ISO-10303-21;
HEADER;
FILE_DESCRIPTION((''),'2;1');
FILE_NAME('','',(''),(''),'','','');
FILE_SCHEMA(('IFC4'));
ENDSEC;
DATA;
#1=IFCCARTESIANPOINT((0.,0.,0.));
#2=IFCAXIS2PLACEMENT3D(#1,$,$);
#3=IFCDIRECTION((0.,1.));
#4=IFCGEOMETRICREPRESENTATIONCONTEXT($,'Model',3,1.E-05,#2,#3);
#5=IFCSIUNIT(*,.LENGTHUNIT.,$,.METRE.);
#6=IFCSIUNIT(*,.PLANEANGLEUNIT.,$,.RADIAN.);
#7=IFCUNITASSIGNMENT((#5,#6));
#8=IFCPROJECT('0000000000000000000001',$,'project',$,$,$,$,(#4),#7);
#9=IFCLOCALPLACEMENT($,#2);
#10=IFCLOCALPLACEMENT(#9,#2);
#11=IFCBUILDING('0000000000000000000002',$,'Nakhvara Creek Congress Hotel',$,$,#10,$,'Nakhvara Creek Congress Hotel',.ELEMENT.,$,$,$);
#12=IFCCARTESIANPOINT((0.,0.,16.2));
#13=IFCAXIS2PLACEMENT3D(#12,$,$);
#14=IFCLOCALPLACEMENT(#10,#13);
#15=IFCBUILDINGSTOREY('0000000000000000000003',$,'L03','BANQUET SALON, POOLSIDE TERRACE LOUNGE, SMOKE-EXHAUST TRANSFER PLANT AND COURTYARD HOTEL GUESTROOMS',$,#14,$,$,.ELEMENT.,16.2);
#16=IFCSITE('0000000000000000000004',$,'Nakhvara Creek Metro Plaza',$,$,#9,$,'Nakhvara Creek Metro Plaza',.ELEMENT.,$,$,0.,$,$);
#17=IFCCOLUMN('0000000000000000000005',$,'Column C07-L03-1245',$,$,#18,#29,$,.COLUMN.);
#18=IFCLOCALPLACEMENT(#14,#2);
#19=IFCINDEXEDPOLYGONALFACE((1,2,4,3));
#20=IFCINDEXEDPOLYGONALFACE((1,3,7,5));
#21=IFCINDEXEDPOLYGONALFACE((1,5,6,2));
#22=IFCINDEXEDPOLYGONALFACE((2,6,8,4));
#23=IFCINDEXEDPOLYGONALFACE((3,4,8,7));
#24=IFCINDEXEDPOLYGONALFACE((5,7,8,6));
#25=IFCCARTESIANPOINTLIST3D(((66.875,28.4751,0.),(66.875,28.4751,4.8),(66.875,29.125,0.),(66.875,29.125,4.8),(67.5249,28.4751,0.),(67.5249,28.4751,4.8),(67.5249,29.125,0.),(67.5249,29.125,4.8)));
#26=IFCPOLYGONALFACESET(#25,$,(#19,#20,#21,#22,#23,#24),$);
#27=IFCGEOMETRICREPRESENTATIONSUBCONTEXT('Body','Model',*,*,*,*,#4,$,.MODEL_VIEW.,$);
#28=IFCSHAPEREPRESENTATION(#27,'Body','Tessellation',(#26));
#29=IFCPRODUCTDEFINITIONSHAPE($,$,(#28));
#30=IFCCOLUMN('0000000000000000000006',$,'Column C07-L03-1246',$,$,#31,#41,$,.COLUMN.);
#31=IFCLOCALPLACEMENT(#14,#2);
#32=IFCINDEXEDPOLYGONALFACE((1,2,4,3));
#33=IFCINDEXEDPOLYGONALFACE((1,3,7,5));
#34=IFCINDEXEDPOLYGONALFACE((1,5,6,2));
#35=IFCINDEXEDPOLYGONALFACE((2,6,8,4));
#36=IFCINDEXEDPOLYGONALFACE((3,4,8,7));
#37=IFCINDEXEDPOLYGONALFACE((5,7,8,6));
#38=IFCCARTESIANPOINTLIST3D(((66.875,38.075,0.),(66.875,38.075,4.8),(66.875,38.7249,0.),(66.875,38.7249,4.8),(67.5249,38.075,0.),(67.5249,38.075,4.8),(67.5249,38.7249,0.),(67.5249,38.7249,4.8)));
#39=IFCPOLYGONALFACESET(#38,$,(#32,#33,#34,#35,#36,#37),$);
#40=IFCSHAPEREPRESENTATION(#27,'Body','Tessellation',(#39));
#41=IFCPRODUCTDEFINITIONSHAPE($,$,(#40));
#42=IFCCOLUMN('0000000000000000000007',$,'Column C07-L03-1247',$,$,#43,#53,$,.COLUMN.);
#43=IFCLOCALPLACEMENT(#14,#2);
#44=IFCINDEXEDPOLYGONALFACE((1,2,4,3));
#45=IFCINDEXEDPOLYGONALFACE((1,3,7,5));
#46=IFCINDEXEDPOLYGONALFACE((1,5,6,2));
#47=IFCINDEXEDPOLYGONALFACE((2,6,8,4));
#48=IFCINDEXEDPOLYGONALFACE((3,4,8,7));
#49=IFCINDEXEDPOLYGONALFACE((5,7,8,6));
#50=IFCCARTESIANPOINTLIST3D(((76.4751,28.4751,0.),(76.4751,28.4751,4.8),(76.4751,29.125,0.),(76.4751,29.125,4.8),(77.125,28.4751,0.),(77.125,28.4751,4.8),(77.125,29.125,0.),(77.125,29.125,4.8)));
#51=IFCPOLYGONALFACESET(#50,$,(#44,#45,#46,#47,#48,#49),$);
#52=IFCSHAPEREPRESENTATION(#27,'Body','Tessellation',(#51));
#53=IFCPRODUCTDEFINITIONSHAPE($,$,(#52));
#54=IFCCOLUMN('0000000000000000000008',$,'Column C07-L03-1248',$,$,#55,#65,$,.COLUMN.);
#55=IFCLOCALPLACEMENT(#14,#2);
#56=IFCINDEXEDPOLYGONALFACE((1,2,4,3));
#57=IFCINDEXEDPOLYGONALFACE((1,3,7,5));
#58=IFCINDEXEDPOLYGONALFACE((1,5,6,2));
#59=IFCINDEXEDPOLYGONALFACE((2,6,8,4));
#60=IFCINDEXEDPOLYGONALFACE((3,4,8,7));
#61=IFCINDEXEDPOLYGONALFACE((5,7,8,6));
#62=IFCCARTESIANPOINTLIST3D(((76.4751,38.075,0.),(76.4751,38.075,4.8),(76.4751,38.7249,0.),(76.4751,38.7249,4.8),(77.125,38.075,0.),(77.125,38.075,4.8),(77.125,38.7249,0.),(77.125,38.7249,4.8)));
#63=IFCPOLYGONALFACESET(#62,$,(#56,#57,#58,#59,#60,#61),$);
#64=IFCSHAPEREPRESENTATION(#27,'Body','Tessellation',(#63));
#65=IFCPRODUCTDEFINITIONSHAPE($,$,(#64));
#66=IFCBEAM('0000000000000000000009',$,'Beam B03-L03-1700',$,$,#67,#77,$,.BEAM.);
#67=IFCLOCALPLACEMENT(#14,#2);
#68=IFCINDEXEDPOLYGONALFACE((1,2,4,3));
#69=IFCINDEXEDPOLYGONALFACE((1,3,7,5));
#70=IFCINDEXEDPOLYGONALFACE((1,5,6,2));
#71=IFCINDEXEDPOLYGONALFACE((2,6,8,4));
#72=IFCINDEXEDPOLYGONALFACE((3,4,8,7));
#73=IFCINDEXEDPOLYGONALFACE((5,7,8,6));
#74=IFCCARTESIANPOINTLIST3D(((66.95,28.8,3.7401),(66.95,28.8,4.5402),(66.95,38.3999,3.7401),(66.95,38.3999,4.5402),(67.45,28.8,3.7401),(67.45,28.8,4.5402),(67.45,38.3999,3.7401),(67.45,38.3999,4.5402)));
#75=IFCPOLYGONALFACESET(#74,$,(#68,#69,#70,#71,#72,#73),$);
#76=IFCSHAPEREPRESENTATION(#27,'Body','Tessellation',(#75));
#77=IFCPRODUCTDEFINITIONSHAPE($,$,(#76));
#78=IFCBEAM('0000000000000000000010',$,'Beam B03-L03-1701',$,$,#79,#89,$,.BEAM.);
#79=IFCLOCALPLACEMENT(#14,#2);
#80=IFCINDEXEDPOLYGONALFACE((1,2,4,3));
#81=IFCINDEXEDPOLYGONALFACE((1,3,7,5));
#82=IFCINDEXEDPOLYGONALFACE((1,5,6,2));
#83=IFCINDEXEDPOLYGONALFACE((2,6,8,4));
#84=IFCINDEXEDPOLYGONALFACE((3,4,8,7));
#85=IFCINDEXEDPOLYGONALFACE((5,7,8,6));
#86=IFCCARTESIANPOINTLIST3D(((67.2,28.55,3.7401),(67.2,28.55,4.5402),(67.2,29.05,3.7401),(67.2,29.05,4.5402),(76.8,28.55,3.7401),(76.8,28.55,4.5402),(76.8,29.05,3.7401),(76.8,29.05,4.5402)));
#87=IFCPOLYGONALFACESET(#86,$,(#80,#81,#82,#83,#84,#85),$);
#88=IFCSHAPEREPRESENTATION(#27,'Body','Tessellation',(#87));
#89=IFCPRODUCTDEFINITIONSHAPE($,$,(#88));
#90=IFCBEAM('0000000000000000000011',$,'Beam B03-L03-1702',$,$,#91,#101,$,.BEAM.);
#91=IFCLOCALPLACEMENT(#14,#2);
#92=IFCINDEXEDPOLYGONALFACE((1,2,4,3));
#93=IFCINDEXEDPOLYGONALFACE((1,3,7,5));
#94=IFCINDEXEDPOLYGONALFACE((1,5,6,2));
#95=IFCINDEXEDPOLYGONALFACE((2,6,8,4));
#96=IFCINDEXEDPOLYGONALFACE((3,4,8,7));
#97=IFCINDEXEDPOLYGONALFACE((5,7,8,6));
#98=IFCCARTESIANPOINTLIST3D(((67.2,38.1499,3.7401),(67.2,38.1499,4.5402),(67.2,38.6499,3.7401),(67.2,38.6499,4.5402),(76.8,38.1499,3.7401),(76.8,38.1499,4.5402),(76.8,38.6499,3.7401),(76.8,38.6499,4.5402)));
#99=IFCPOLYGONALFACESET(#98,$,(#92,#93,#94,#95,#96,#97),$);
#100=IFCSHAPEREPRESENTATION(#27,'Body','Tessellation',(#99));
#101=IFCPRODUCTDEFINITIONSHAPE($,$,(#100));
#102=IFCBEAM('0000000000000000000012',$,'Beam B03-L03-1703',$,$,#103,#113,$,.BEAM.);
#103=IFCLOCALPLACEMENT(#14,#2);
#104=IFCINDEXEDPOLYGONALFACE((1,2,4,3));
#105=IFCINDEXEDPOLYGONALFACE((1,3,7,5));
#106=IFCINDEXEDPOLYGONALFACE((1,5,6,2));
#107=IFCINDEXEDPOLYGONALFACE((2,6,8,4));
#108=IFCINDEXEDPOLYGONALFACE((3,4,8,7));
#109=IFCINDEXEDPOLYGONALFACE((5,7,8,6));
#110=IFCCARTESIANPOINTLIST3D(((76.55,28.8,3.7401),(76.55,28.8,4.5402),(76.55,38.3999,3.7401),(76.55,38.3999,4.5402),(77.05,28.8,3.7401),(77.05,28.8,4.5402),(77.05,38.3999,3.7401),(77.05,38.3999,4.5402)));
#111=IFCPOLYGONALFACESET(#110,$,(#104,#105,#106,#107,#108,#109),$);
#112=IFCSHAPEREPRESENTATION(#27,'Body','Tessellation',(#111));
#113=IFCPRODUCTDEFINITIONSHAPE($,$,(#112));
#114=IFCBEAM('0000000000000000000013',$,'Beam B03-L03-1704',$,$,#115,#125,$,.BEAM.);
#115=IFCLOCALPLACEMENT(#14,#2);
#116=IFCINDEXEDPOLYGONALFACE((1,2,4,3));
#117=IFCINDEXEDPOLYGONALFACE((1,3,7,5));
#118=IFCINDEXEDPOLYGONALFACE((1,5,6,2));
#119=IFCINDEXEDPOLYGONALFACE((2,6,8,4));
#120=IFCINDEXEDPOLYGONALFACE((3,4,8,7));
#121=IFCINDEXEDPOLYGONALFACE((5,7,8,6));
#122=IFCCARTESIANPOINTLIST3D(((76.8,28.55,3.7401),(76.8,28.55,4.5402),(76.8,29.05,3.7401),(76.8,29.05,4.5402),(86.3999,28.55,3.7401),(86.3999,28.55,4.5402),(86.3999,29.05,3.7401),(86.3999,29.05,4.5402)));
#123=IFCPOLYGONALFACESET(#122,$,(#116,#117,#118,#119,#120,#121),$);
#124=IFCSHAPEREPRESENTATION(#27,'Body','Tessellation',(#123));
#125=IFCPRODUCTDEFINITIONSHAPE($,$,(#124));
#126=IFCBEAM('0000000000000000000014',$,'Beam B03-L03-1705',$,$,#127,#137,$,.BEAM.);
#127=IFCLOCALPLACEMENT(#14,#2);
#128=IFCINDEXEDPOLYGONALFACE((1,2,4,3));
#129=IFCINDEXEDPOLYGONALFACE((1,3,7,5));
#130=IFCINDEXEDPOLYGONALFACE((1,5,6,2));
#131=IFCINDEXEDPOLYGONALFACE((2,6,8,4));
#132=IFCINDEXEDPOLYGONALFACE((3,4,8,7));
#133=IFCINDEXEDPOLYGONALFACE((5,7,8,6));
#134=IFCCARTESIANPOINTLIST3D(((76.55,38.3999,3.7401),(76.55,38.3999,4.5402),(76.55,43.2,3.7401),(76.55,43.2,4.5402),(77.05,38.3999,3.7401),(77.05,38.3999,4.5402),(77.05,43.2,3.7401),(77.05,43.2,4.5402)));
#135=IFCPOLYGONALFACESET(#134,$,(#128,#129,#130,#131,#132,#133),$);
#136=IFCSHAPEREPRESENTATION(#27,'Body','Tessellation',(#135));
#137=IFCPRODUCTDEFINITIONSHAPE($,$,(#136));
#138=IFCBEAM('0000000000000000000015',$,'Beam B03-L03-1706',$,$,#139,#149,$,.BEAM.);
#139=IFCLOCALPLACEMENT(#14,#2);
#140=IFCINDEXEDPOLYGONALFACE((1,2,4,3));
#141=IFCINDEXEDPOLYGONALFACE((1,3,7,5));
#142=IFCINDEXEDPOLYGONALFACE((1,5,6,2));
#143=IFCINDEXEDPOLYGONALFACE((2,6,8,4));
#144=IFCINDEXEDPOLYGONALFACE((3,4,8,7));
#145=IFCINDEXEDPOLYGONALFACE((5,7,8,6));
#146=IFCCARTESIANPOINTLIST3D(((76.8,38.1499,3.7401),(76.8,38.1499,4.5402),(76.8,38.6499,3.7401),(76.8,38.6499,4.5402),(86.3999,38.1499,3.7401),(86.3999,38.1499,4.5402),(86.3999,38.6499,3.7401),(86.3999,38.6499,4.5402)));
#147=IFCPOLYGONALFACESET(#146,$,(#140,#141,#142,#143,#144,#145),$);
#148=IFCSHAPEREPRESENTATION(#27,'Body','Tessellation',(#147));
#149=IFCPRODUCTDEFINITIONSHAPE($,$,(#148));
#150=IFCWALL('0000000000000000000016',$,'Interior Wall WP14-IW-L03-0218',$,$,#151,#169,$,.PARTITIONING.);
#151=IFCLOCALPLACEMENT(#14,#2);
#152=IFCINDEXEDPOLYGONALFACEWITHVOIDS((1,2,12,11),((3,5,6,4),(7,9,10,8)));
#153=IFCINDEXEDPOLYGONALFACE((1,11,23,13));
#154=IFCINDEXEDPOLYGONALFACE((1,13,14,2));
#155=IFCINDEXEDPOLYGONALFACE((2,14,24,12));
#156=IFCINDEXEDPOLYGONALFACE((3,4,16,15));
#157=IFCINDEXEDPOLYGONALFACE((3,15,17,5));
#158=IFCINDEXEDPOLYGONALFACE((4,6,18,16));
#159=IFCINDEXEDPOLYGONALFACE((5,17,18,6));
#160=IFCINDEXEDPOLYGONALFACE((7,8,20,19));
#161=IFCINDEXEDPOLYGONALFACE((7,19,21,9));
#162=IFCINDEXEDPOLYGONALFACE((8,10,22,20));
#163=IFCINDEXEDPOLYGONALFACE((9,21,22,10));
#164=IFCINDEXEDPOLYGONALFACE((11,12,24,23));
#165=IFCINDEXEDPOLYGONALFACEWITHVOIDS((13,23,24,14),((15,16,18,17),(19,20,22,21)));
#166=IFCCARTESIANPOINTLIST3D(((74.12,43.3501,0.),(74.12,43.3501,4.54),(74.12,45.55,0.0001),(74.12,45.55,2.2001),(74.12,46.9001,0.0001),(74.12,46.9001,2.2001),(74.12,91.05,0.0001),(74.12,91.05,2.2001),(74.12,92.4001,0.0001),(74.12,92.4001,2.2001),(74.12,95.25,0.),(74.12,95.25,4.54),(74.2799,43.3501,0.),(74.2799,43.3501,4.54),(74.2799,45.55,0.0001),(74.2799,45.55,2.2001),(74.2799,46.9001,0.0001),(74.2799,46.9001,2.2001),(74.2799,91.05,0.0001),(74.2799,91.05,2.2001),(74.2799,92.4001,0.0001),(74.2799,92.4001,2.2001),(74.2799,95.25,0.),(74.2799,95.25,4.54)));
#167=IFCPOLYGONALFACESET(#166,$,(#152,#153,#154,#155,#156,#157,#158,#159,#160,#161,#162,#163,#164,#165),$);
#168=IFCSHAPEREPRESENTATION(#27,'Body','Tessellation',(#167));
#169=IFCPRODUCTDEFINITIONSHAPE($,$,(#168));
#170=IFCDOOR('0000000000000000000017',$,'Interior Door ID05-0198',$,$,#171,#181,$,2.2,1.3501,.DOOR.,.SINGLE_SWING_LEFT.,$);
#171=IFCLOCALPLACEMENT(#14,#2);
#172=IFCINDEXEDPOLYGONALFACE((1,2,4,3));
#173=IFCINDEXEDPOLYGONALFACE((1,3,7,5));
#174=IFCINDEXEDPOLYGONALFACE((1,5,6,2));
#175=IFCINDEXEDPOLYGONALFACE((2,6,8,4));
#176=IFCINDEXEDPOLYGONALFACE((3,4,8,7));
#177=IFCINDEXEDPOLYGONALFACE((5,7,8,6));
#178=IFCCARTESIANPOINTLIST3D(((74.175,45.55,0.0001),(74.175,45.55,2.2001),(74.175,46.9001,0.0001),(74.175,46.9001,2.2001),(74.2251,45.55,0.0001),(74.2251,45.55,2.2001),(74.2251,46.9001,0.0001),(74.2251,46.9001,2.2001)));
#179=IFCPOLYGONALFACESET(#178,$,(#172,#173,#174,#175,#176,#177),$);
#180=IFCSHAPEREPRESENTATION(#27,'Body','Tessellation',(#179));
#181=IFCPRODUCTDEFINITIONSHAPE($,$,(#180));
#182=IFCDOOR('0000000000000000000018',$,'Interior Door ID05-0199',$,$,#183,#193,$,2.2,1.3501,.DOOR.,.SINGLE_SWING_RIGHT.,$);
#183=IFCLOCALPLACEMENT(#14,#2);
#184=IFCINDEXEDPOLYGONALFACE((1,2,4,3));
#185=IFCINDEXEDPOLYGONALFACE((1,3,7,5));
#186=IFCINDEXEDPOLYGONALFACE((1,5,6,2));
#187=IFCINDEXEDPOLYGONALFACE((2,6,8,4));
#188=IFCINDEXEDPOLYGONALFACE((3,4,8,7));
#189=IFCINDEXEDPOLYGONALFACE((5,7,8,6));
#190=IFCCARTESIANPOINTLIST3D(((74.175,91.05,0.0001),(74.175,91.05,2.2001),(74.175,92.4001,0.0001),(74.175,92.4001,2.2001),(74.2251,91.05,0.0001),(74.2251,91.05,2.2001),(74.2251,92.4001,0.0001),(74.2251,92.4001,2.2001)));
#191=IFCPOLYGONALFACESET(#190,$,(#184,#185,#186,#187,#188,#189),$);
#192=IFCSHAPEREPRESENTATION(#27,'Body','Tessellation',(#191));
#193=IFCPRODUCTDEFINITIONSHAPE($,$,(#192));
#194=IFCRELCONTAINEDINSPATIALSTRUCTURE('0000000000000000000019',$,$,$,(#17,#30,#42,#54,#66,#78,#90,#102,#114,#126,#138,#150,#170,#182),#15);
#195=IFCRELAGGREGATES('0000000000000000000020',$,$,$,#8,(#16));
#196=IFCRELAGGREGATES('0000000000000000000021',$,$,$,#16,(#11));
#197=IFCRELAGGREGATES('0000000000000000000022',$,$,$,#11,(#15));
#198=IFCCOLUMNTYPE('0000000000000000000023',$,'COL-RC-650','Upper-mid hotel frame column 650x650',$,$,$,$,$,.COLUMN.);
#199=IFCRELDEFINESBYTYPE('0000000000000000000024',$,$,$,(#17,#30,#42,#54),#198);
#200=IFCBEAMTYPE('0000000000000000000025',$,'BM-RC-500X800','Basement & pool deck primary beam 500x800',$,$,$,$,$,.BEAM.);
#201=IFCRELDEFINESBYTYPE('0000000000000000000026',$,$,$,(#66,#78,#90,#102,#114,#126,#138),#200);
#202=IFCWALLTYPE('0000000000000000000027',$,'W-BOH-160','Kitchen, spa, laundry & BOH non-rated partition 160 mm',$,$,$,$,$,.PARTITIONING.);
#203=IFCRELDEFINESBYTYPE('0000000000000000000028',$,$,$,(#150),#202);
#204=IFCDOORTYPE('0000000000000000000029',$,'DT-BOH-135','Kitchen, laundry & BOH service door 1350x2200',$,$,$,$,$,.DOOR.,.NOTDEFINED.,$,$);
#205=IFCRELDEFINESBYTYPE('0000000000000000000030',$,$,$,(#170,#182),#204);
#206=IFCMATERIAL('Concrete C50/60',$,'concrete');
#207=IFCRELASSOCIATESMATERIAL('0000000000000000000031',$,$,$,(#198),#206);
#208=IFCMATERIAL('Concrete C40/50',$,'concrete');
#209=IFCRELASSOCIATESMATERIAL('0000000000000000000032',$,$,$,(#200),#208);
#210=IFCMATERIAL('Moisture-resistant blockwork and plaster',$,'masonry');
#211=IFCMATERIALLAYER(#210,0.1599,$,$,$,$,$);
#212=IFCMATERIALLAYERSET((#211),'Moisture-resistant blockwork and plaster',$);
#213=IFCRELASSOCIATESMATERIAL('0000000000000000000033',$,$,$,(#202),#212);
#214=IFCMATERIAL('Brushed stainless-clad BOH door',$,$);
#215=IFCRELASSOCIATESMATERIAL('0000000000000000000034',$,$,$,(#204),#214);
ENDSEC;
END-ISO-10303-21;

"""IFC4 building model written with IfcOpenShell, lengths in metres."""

from ifc_helpers import new_model, si_unit, direction, frame, frame_2d, origin, origin_2d, place, context, subcontext, project, spatial, rectangle, extrude, material, layer, layer_set, material_profile, profile_set, type_object, element, fill, save


model = new_model("IFC4")

# Units and contexts
model_context = context("Model", 3, precision=1e-05, world=origin(), true_north=direction((0.0, 1.0)))
body_context = subcontext(model_context, "Body", "Model", "MODEL_VIEW")
ifc_project = project(units=[si_unit("LENGTHUNIT", "METRE"), si_unit("PLANEANGLEUNIT", "RADIAN")], contexts=[model_context])

# Site, building, storey
site_placement = place(None, origin())
site = spatial("IfcSite", under=ifc_project, at=site_placement, Name="Nakhvara Creek Metro Plaza", LongName="Nakhvara Creek Metro Plaza", CompositionType="ELEMENT", RefElevation=0.0)
building_placement = place(site_placement, origin())
building = spatial("IfcBuilding", under=site, at=building_placement, Name="Nakhvara Creek Congress Hotel", LongName="Nakhvara Creek Congress Hotel", CompositionType="ELEMENT")
storey_placement = place(building_placement, frame((0.0, 0.0, 16.2)))
storey = spatial("IfcBuildingStorey", under=building, at=storey_placement, Name="L03", Description="BANQUET SALON, POOLSIDE TERRACE LOUNGE, SMOKE-EXHAUST TRANSFER PLANT AND COURTYARD HOTEL GUESTROOMS", CompositionType="ELEMENT", Elevation=16.2)

# Columns
ifc_material_1 = material(Name="Concrete C50/60", Category="concrete")
ifc_material_profile_1 = material_profile(ifc_material_1, rectangle(XDim=0.6499, YDim=0.6499, at=origin_2d()), Name="RC-COL 650x650", Category="LoadBearing")
ifc_profile_set_1 = profile_set([ifc_material_profile_1], Name="Concrete C50/60")
column_type = type_object("IfcColumnType", Name="COL-RC-650", Description="Upper-mid hotel frame column 650x650", PredefinedType="COLUMN", material=ifc_profile_set_1)
for number, where, z_axis, x_axis, name in (
    (1, (67.2, 28.8, 0.0), (0.0, 0.0, 1.0), (1.0, 0.0, 0.0), "Column C07-L03-1245"),
    (2, (67.2, 38.3999, 0.0), (0.0, 0.0, 1.0), (1.0, 0.0, 0.0), "Column C07-L03-1246"),
    (3, (76.8, 28.8, 0.0), (0.0, 0.0, 1.0), (1.0, 0.0, 0.0), "Column C07-L03-1247"),
    (4, (76.8, 38.3999, 0.0), (0.0, 0.0, 1.0), (1.0, 0.0, 0.0), "Column C07-L03-1248"),
):
    element("IfcColumn", number, at=place(storey_placement, frame(where, z_axis=z_axis, x_axis=x_axis)), inside=storey, type_object=column_type, Name=name, PredefinedType="COLUMN", context=body_context, shape_type="SweptSolid", body=[
        extrude(rectangle(XDim=0.6499, YDim=0.6499, at=origin_2d()), origin(), (0.0, 0.0, 1.0), 4.8),
    ])

# Beams
ifc_material_2 = material(Name="Concrete C40/50", Category="concrete")
ifc_material_profile_2 = material_profile(ifc_material_2, rectangle(XDim=0.5, YDim=0.8, at=origin_2d()), Name="RC-BM 500x800", Category="LoadBearing")
ifc_profile_set_2 = profile_set([ifc_material_profile_2], Name="Concrete C40/50")
beam_type = type_object("IfcBeamType", Name="BM-RC-500X800", Description="Basement & pool deck primary beam 500x800", PredefinedType="BEAM", material=ifc_profile_set_2)
beam_1_placement = place(storey_placement, frame((67.2, 28.8, 4.1401), z_axis=(0.0, 1.0, 0.0), x_axis=(-1.0, 0.0, 0.0)))
element("IfcBeam", 5, at=beam_1_placement, inside=storey, type_object=beam_type, Name="Beam B03-L03-1700", PredefinedType="BEAM", context=body_context, shape_type="SweptSolid", body=[
    extrude(rectangle(XDim=0.5, YDim=0.8, at=origin_2d()), origin(), (0.0, 0.0, 1.0), 9.5999),
])
for number, where, z_axis, x_axis, name in (
    (6, (67.2, 28.8, 4.1401), (1.0, 0.0, 0.0), (0.0, 1.0, 0.0), "Beam B03-L03-1701"),
    (7, (67.2, 38.3999, 4.1401), (1.0, 0.0, 0.0), (0.0, 1.0, 0.0), "Beam B03-L03-1702"),
):
    element("IfcBeam", number, at=place(storey_placement, frame(where, z_axis=z_axis, x_axis=x_axis)), inside=storey, type_object=beam_type, Name=name, PredefinedType="BEAM", context=body_context, shape_type="SweptSolid", body=[
        extrude(rectangle(XDim=0.5, YDim=0.8, at=origin_2d()), origin(), (0.0, 0.0, 1.0), 9.6001),
    ])
for number, where, z_axis, x_axis, name in (
    (8, (76.8, 28.8, 4.1401), (0.0, 1.0, 0.0), (-1.0, 0.0, 0.0), "Beam B03-L03-1703"),
    (9, (76.8, 28.8, 4.1401), (1.0, 0.0, 0.0), (0.0, 1.0, 0.0), "Beam B03-L03-1704"),
):
    element("IfcBeam", number, at=place(storey_placement, frame(where, z_axis=z_axis, x_axis=x_axis)), inside=storey, type_object=beam_type, Name=name, PredefinedType="BEAM", context=body_context, shape_type="SweptSolid", body=[
        extrude(rectangle(XDim=0.5, YDim=0.8, at=origin_2d()), origin(), (0.0, 0.0, 1.0), 9.5999),
    ])
beam_2_placement = place(storey_placement, frame((76.8, 38.3999, 4.1401), z_axis=(0.0, 1.0, 0.0), x_axis=(-1.0, 0.0, 0.0)))
element("IfcBeam", 10, at=beam_2_placement, inside=storey, type_object=beam_type, Name="Beam B03-L03-1705", PredefinedType="BEAM", context=body_context, shape_type="SweptSolid", body=[
    extrude(rectangle(XDim=0.5, YDim=0.8, at=origin_2d()), origin(), (0.0, 0.0, 1.0), 4.8),
])
beam_3_placement = place(storey_placement, frame((76.8, 38.3999, 4.1401), z_axis=(1.0, 0.0, 0.0), x_axis=(0.0, 1.0, 0.0)))
element("IfcBeam", 11, at=beam_3_placement, inside=storey, type_object=beam_type, Name="Beam B03-L03-1706", PredefinedType="BEAM", context=body_context, shape_type="SweptSolid", body=[
    extrude(rectangle(XDim=0.5, YDim=0.8, at=origin_2d()), origin(), (0.0, 0.0, 1.0), 9.5999),
])

# Wall, openings, doors
ifc_material_3 = material(Name="Moisture-resistant blockwork and plaster", Category="masonry")
ifc_layer_1 = layer(ifc_material_3, 0.1599)
ifc_layer_set_1 = layer_set([ifc_layer_1], Name="Moisture-resistant blockwork and plaster")
wall_type_1 = type_object("IfcWallType", Name="W-BOH-160", Description="Kitchen, spa, laundry & BOH non-rated partition 160 mm", PredefinedType="PARTITIONING", material=ifc_layer_set_1)
wall_1_placement = place(storey_placement, frame((74.2, 43.3501, 0.0), z_axis=(0.0, 0.0, 1.0), x_axis=(0.0, 1.0, 0.0)))
wall_1 = element("IfcWall", 12, at=wall_1_placement, inside=storey, type_object=wall_type_1, Name="Interior Wall WP14-IW-L03-0218", PredefinedType="PARTITIONING", context=body_context, shape_type="SweptSolid", body=[
    extrude(rectangle(XDim=51.8999, YDim=0.1599, at=frame_2d((25.95, 0.0))), origin(), (0.0, 0.0, 1.0), 4.54),
])
opening_1_placement = place(wall_1_placement, frame((2.2, 0.0, 0.0)))
opening_1 = element("IfcOpeningElement", 13, at=opening_1_placement, cuts=wall_1, PredefinedType="OPENING", context=body_context, shape_type="SweptSolid", body=[
    extrude(rectangle(XDim=1.3501, YDim=2.2, at=frame_2d((0.675, 1.1001))), frame((0.0, 0.0918, 0.0), z_axis=(0.0, -1.0, 0.0), x_axis=(1.0, 0.0, 0.0)), (0.0, 0.0, 1.0), 0.1838),
])
opening_2_placement = place(wall_1_placement, frame((47.7, 0.0, 0.0)))
opening_2 = element("IfcOpeningElement", 14, at=opening_2_placement, cuts=wall_1, PredefinedType="OPENING", context=body_context, shape_type="SweptSolid", body=[
    extrude(rectangle(XDim=1.3501, YDim=2.2, at=frame_2d((0.675, 1.1001))), frame((0.0, 0.0918, 0.0), z_axis=(0.0, -1.0, 0.0), x_axis=(1.0, 0.0, 0.0)), (0.0, 0.0, 1.0), 0.1838),
])
ifc_material_4 = material(Name="Brushed stainless-clad BOH door")
door_type_1 = type_object("IfcDoorType", Name="DT-BOH-135", Description="Kitchen, laundry & BOH service door 1350x2200", OperationType="NOTDEFINED", PredefinedType="DOOR", material=ifc_material_4)
door_1_placement = place(opening_1_placement, origin())
door_1 = element("IfcDoor", 15, at=door_1_placement, inside=storey, type_object=door_type_1, Name="Interior Door ID05-0198", OperationType="SINGLE_SWING_LEFT", OverallHeight=2.2, OverallWidth=1.3501, PredefinedType="DOOR", context=body_context, shape_type="SweptSolid", body=[
    extrude(rectangle(XDim=1.3501, YDim=2.2, at=frame_2d((0.675, 1.1001))), frame((0.0, 0.0249, 0.0), z_axis=(0.0, -1.0, 0.0), x_axis=(1.0, 0.0, 0.0)), (0.0, 0.0, 1.0), 0.05),
])
fill(opening_1, door_1)
door_2_placement = place(opening_2_placement, origin())
door_2 = element("IfcDoor", 16, at=door_2_placement, inside=storey, type_object=door_type_1, Name="Interior Door ID05-0199", OperationType="SINGLE_SWING_RIGHT", OverallHeight=2.2, OverallWidth=1.3501, PredefinedType="DOOR", context=body_context, shape_type="SweptSolid", body=[
    extrude(rectangle(XDim=1.3501, YDim=2.2, at=frame_2d((0.675, 1.1001))), frame((0.0, 0.0249, 0.0), z_axis=(0.0, -1.0, 0.0), x_axis=(1.0, 0.0, 0.0)), (0.0, 0.0, 1.0), 0.05),
])
fill(opening_2, door_2)

save(model, "model.ifc")
